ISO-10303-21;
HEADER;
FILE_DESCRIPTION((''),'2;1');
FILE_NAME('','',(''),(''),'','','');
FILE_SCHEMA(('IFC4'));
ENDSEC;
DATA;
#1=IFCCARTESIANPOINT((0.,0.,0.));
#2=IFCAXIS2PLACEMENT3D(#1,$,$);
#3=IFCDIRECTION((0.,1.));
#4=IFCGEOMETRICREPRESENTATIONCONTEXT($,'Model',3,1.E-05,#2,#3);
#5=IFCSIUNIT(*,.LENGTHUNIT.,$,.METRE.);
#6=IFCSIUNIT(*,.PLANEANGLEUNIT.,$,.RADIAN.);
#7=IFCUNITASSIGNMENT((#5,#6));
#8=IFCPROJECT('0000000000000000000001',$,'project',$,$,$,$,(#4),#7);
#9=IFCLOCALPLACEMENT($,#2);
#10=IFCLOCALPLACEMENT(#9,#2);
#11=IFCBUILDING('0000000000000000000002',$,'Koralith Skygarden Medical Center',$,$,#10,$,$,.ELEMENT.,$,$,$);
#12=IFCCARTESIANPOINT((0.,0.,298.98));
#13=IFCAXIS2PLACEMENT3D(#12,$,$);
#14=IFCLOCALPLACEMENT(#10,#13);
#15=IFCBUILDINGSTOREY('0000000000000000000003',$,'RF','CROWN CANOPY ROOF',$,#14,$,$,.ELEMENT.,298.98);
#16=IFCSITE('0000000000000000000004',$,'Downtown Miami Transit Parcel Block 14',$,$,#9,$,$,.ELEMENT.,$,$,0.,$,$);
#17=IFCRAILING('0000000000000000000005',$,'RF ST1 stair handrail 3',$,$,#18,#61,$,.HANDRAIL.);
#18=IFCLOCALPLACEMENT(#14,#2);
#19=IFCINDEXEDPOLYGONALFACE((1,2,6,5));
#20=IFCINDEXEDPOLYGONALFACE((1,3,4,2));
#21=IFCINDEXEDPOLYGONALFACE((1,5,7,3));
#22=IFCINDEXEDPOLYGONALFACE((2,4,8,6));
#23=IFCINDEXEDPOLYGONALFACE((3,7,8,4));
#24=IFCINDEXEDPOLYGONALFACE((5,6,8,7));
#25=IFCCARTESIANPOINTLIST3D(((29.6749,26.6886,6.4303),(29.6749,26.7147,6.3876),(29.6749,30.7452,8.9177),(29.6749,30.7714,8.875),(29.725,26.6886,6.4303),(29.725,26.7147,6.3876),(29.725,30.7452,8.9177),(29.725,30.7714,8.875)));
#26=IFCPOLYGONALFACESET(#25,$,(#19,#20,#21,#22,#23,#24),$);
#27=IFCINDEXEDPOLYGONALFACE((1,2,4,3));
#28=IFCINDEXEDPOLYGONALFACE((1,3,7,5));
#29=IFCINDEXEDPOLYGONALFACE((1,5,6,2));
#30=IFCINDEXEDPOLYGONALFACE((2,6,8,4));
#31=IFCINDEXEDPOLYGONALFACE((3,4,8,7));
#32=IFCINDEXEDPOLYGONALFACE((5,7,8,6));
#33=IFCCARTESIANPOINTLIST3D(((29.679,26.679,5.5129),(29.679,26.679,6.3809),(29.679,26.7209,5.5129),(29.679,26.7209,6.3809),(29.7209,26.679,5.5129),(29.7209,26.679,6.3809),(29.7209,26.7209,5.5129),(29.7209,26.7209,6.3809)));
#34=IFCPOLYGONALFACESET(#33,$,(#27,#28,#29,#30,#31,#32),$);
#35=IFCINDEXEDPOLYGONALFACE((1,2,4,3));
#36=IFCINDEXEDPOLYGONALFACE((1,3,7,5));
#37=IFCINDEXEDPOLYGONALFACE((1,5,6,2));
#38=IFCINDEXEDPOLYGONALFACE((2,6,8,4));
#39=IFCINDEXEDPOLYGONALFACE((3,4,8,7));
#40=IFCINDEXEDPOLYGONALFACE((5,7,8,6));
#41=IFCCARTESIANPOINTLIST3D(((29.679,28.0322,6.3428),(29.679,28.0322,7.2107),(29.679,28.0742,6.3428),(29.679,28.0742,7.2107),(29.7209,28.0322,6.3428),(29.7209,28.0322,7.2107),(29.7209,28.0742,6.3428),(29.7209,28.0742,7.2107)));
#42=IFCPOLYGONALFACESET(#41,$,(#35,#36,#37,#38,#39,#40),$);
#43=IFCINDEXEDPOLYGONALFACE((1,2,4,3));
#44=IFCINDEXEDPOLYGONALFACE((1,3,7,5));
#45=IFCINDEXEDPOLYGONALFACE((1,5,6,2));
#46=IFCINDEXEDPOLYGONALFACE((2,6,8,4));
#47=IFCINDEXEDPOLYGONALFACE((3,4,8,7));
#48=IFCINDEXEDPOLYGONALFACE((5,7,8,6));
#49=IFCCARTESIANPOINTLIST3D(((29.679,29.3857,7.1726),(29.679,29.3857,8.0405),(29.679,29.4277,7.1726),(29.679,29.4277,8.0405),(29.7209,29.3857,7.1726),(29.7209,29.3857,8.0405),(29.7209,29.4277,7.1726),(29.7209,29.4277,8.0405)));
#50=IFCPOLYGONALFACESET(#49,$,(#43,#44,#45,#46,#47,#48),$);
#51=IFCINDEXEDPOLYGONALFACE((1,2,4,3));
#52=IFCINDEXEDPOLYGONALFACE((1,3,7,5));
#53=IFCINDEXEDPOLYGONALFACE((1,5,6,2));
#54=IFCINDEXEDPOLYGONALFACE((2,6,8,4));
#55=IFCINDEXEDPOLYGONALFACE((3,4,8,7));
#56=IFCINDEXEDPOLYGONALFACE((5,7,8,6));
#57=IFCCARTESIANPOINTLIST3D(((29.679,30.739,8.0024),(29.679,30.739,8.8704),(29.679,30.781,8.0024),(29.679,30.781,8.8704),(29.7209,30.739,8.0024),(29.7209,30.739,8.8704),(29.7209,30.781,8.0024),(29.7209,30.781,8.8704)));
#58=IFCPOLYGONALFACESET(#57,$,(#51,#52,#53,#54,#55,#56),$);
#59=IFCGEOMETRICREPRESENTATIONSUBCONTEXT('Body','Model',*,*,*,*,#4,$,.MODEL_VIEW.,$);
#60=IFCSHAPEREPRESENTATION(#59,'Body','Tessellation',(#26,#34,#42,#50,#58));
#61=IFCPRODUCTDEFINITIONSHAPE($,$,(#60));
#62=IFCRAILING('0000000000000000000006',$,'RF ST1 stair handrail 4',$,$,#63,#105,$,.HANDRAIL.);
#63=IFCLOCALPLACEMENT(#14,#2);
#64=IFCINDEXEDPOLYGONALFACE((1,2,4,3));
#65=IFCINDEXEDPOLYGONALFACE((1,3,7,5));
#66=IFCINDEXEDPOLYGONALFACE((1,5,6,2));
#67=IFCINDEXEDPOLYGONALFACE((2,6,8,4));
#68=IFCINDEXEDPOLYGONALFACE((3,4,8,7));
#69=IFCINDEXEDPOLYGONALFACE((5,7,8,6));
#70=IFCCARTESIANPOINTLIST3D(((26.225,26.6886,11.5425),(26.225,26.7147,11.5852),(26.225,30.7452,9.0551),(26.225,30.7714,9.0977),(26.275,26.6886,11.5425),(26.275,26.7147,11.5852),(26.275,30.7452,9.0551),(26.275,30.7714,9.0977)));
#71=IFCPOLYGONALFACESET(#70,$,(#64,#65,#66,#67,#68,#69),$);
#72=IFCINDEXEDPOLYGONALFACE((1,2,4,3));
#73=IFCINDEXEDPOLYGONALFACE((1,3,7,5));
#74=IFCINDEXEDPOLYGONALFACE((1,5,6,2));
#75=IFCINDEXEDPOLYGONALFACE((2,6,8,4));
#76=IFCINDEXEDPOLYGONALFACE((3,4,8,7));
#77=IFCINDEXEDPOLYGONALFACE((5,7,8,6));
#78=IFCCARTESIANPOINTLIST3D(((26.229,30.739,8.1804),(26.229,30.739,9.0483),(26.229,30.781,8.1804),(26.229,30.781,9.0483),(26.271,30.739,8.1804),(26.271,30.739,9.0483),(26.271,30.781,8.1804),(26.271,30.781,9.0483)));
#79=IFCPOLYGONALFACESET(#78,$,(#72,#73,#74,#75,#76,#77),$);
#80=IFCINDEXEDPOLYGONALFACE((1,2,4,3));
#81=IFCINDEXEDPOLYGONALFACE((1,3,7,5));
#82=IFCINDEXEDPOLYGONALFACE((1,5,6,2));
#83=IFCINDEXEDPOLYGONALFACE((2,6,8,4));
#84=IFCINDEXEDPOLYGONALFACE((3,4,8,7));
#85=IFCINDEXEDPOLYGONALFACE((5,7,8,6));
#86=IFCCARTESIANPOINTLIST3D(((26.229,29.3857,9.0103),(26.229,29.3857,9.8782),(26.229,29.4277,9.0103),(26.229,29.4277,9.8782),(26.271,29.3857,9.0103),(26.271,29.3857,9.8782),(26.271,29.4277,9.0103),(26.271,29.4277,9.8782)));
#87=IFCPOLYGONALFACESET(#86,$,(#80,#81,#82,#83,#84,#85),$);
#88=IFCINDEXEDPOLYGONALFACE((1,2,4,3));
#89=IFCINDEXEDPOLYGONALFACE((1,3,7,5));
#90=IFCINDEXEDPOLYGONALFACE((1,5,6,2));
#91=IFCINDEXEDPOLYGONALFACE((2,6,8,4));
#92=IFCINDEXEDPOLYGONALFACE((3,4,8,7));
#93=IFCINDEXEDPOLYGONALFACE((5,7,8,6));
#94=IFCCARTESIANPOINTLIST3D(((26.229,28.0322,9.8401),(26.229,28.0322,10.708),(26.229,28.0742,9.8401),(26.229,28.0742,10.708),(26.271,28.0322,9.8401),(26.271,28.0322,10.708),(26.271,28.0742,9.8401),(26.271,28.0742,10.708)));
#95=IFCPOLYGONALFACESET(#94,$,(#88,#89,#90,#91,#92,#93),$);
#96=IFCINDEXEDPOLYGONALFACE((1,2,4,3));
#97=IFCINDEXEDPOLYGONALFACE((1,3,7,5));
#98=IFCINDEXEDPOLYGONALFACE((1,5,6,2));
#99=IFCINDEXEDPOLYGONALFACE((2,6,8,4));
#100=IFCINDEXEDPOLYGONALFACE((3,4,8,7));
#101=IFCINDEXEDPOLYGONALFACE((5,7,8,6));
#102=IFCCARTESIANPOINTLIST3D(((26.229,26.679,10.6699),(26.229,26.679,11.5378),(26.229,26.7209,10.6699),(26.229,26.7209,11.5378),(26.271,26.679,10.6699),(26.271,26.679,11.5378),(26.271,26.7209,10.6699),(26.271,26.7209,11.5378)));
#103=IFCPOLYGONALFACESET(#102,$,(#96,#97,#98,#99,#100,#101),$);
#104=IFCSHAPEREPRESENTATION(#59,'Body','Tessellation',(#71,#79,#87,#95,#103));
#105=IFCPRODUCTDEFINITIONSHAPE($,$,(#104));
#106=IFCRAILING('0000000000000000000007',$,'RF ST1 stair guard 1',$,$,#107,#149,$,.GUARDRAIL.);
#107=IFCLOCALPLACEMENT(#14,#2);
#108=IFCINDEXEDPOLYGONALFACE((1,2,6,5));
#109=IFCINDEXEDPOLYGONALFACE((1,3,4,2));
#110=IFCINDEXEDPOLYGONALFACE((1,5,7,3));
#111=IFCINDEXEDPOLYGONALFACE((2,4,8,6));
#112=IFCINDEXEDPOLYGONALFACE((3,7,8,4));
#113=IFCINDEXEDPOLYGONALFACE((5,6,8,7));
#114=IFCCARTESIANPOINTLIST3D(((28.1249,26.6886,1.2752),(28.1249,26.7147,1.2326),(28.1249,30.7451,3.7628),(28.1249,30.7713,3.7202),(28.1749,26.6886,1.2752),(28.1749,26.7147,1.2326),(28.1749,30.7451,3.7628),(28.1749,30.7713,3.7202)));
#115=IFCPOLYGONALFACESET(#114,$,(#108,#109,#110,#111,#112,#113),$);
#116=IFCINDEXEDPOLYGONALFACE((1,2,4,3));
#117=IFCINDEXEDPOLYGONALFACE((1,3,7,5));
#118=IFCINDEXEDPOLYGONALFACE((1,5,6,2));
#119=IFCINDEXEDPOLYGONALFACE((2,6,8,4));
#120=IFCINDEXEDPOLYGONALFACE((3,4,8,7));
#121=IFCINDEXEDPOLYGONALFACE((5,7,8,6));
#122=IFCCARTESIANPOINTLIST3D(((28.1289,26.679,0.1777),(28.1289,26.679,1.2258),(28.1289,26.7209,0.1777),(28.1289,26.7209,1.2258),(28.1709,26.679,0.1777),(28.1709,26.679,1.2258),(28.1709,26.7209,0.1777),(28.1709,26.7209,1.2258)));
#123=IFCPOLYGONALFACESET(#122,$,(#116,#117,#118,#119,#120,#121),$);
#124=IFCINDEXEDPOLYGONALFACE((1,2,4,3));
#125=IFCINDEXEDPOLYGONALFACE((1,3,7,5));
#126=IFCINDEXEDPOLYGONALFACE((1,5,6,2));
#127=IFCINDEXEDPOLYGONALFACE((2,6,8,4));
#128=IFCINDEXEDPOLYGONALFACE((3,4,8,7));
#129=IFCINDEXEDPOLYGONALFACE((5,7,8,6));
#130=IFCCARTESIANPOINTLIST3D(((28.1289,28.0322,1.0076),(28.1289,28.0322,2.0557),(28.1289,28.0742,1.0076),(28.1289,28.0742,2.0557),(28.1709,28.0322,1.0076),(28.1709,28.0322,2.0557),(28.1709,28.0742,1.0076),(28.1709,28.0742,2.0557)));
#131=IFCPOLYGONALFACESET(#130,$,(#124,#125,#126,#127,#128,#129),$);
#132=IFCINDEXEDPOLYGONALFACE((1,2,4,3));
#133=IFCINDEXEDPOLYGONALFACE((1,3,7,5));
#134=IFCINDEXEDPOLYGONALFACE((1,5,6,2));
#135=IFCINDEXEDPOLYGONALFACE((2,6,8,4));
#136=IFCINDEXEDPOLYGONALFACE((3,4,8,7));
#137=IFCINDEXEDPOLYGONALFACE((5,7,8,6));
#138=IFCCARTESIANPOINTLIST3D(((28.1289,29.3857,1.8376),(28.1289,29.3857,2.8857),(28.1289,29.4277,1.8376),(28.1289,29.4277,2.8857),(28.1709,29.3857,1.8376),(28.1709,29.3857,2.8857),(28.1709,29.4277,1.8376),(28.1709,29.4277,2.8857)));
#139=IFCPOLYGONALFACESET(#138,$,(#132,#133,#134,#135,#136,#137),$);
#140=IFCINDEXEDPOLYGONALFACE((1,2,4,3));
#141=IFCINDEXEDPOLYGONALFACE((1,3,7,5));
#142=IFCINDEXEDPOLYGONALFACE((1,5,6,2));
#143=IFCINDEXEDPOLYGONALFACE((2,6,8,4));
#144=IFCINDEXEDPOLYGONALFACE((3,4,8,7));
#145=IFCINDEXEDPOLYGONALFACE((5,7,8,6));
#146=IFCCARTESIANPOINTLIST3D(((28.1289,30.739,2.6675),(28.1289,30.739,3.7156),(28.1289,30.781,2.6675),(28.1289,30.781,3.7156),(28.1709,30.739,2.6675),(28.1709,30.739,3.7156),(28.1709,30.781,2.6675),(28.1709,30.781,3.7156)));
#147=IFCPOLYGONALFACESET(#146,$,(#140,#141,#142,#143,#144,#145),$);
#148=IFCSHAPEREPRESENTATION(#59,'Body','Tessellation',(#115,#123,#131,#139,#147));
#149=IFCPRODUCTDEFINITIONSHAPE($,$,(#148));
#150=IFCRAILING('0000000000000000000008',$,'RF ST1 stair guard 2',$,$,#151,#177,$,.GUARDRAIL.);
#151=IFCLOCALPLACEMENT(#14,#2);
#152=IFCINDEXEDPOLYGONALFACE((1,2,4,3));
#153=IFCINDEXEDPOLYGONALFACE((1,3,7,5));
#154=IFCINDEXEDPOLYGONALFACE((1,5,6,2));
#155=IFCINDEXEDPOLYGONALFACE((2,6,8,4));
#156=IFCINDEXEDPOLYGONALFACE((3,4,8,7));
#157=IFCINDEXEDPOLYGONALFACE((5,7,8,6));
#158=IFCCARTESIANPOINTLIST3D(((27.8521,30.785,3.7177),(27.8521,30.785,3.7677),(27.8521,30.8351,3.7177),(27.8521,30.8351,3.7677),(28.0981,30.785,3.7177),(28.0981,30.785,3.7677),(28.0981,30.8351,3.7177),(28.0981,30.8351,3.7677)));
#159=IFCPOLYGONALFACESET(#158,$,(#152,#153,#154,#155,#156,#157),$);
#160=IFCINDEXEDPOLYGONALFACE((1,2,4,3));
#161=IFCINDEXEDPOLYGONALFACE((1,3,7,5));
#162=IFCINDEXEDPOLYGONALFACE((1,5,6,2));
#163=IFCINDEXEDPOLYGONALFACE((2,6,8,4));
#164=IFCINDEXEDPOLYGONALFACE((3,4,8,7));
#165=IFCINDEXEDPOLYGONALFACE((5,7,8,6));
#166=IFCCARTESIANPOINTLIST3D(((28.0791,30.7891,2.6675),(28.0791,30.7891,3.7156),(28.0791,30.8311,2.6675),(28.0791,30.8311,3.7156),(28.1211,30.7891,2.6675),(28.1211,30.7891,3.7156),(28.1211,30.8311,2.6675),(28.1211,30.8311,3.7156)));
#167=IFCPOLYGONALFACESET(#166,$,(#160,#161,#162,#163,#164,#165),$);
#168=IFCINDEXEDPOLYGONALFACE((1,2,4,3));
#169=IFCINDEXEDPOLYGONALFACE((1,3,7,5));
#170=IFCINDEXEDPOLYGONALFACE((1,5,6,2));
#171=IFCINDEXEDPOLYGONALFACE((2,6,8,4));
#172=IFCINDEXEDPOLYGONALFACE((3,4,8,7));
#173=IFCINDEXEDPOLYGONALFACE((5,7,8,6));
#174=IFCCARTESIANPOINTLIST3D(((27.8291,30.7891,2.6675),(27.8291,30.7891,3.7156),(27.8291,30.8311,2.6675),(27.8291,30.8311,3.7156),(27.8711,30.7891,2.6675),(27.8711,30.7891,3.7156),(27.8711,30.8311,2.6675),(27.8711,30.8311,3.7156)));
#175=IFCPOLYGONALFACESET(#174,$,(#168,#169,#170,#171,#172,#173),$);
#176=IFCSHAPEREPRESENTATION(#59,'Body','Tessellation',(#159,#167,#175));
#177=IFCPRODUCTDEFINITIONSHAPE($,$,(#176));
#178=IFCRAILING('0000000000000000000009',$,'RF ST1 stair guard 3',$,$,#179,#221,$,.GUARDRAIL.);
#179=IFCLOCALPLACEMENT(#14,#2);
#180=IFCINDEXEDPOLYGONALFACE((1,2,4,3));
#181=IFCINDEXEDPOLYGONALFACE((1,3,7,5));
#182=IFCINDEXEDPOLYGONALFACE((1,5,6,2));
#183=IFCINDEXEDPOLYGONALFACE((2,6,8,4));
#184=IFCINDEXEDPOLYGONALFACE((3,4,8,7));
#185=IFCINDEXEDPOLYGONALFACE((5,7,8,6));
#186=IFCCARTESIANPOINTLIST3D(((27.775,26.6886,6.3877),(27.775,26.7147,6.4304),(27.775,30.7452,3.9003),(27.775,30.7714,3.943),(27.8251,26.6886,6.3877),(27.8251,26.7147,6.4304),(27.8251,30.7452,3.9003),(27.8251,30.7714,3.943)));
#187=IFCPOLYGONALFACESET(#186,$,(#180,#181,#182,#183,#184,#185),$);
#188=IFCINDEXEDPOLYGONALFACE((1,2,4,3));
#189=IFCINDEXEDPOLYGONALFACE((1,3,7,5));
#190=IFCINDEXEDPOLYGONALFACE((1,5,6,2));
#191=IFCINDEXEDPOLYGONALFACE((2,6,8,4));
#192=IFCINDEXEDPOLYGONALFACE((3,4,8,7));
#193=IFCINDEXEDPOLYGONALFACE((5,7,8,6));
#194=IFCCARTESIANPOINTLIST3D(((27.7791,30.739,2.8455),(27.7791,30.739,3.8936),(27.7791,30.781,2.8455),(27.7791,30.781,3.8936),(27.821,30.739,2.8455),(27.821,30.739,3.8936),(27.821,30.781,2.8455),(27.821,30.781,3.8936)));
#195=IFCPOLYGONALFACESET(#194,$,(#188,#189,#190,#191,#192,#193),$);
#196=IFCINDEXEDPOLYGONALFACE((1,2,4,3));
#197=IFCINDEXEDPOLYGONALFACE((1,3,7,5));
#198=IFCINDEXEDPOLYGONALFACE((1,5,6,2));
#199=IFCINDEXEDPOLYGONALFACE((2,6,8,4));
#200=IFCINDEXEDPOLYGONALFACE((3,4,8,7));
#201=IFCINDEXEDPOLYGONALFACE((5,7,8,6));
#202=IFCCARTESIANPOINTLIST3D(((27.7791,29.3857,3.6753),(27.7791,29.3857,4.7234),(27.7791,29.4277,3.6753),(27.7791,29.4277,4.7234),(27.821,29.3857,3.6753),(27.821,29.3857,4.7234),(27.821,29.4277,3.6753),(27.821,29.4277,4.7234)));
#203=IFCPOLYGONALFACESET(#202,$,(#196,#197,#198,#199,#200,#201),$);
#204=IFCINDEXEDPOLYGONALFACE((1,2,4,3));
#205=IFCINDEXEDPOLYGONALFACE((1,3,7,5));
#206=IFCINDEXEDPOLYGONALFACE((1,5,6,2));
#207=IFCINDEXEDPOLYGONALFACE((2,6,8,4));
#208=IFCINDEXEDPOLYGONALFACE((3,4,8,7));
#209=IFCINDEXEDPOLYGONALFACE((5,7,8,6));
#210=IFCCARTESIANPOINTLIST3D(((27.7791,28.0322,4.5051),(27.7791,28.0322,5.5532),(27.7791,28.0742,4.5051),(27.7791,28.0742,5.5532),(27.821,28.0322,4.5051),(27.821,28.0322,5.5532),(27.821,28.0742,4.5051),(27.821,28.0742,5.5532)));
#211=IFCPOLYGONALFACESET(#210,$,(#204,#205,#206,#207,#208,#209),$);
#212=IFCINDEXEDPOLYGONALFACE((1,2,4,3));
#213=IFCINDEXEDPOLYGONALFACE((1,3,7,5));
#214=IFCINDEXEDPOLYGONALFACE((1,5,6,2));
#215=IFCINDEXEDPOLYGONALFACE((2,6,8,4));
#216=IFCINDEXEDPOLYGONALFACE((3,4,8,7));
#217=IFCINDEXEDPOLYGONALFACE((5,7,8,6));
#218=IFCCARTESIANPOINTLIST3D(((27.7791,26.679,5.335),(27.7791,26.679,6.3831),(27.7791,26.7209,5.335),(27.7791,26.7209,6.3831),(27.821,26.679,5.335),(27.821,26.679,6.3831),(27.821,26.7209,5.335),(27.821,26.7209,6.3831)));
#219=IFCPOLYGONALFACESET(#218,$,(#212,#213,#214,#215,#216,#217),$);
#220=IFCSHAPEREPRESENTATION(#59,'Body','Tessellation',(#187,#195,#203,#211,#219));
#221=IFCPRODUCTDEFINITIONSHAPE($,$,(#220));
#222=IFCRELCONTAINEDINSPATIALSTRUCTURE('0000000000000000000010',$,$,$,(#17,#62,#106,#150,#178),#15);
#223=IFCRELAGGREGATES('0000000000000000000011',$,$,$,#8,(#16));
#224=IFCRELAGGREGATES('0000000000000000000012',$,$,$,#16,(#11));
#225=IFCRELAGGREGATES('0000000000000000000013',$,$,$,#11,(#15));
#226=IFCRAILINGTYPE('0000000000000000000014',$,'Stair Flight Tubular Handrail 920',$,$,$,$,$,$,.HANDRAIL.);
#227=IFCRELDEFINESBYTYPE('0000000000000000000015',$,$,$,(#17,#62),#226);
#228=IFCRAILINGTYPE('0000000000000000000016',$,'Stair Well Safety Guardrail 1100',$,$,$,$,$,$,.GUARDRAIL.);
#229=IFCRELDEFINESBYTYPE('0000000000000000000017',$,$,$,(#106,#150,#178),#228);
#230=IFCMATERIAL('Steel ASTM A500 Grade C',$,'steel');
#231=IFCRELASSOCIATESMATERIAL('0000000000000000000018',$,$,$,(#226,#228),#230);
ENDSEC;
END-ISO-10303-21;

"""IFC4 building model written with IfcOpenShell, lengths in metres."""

from ifc_helpers import new_model, si_unit, direction, frame, origin, origin_2d, place, context, subcontext, project, spatial, rectangle, extrude, material, type_object, element, save


model = new_model("IFC4")

# Units and contexts
model_context = context("Model", 3, precision=1e-05, world=origin(), true_north=direction((0.0, 1.0)))
body_context = subcontext(model_context, "Body", "Model", "MODEL_VIEW")
ifc_project = project(units=[si_unit("LENGTHUNIT", "METRE"), si_unit("PLANEANGLEUNIT", "RADIAN")], contexts=[model_context])

# Site, building, storey
site_placement = place(None, origin())
site = spatial("IfcSite", under=ifc_project, at=site_placement, Name="Downtown Miami Transit Parcel Block 14", CompositionType="ELEMENT", RefElevation=0.0)
building_placement = place(site_placement, origin())
building = spatial("IfcBuilding", under=site, at=building_placement, Name="Koralith Skygarden Medical Center", CompositionType="ELEMENT")
storey_placement = place(building_placement, frame((0.0, 0.0, 298.98)))
storey = spatial("IfcBuildingStorey", under=building, at=storey_placement, Name="RF", Description="CROWN CANOPY ROOF", CompositionType="ELEMENT", Elevation=298.98)

# Shared definitions
ifc_material_1 = material(Name="Steel ASTM A500 Grade C", Category="steel")

# Railings
railing_type_1 = type_object("IfcRailingType", Name="Stair Flight Tubular Handrail 920", PredefinedType="HANDRAIL", material=ifc_material_1)
railing_1_placement = place(storey_placement, frame((29.7, 26.7, 5.5129)))
element("IfcRailing", 1, at=railing_1_placement, inside=storey, type_object=railing_type_1, Name="RF ST1 stair handrail 3", PredefinedType="HANDRAIL", context=body_context, shape_type="SweptSolid", body=[
    extrude(rectangle(XDim=0.05, YDim=0.05, at=origin_2d()), frame((0.0, 0.0017, 0.896), z_axis=(0.0, 0.8525, 0.522727), x_axis=(-1.0, 0.0, 0.0)), (0.0, 0.0, 1.0), 4.7585),
    extrude(rectangle(XDim=0.042, YDim=0.042, at=origin_2d()), origin(), (0.0, 0.0, 1.0), 0.8679),
    extrude(rectangle(XDim=0.042, YDim=0.042, at=origin_2d()), frame((0.0, 1.3533, 0.8298)), (0.0, 0.0, 1.0), 0.8679),
    extrude(rectangle(XDim=0.042, YDim=0.042, at=origin_2d()), frame((0.0, 2.7068, 1.6597)), (0.0, 0.0, 1.0), 0.8679),
    extrude(rectangle(XDim=0.042, YDim=0.042, at=origin_2d()), frame((0.0, 4.0601, 2.4895)), (0.0, 0.0, 1.0), 0.8679),
])
railing_2_placement = place(storey_placement, frame((26.25, 30.76, 8.1804)))
element("IfcRailing", 2, at=railing_2_placement, inside=storey, type_object=railing_type_1, Name="RF ST1 stair handrail 4", PredefinedType="HANDRAIL", context=body_context, shape_type="SweptSolid", body=[
    extrude(rectangle(XDim=0.05, YDim=0.05, at=origin_2d()), frame((0.0, -0.0017, 0.896), z_axis=(0.0, -0.8525, 0.522727), x_axis=(1.0, 0.0, 0.0)), (0.0, 0.0, 1.0), 4.7585),
    extrude(rectangle(XDim=0.042, YDim=0.042, at=origin_2d()), origin(), (0.0, 0.0, 1.0), 0.8679),
    extrude(rectangle(XDim=0.042, YDim=0.042, at=origin_2d()), frame((0.0, -1.3533, 0.8298)), (0.0, 0.0, 1.0), 0.8679),
    extrude(rectangle(XDim=0.042, YDim=0.042, at=origin_2d()), frame((0.0, -2.7068, 1.6597)), (0.0, 0.0, 1.0), 0.8679),
    extrude(rectangle(XDim=0.042, YDim=0.042, at=origin_2d()), frame((0.0, -4.0601, 2.4895)), (0.0, 0.0, 1.0), 0.8679),
])
railing_type_2 = type_object("IfcRailingType", Name="Stair Well Safety Guardrail 1100", PredefinedType="GUARDRAIL", material=ifc_material_1)
railing_3_placement = place(storey_placement, frame((28.1499, 26.7, 0.1777)))
element("IfcRailing", 3, at=railing_3_placement, inside=storey, type_object=railing_type_2, Name="RF ST1 stair guard 1", PredefinedType="GUARDRAIL", context=body_context, shape_type="SweptSolid", body=[
    extrude(rectangle(XDim=0.05, YDim=0.05, at=origin_2d()), frame((0.0, 0.0017, 1.0762), z_axis=(0.0, 0.852477, 0.522764), x_axis=(-1.0, 0.0, 0.0)), (0.0, 0.0, 1.0), 4.7585),
    extrude(rectangle(XDim=0.042, YDim=0.042, at=origin_2d()), origin(), (0.0, 0.0, 1.0), 1.0481),
    extrude(rectangle(XDim=0.042, YDim=0.042, at=origin_2d()), frame((0.0, 1.3533, 0.8298)), (0.0, 0.0, 1.0), 1.0481),
    extrude(rectangle(XDim=0.042, YDim=0.042, at=origin_2d()), frame((0.0, 2.7068, 1.6599)), (0.0, 0.0, 1.0), 1.0481),
    extrude(rectangle(XDim=0.042, YDim=0.042, at=origin_2d()), frame((0.0, 4.0601, 2.4897)), (0.0, 0.0, 1.0), 1.0481),
])
railing_4_placement = place(storey_placement, frame((28.1001, 30.8101, 2.6675)))
element("IfcRailing", 4, at=railing_4_placement, inside=storey, type_object=railing_type_2, Name="RF ST1 stair guard 2", PredefinedType="GUARDRAIL", context=body_context, shape_type="SweptSolid", body=[
    extrude(rectangle(XDim=0.05, YDim=0.05, at=origin_2d()), frame((-0.002, 0.0, 1.0752), z_axis=(-1.0, 0.0, 0.0), x_axis=(0.0, -1.0, 0.0)), (0.0, 0.0, 1.0), 0.2461),
    extrude(rectangle(XDim=0.042, YDim=0.042, at=origin_2d()), origin(), (0.0, 0.0, 1.0), 1.0481),
    extrude(rectangle(XDim=0.042, YDim=0.042, at=origin_2d()), frame((-0.25, 0.0, 0.0)), (0.0, 0.0, 1.0), 1.0481),
])
railing_5_placement = place(storey_placement, frame((27.8, 30.76, 2.8455)))
element("IfcRailing", 5, at=railing_5_placement, inside=storey, type_object=railing_type_2, Name="RF ST1 stair guard 3", PredefinedType="GUARDRAIL", context=body_context, shape_type="SweptSolid", body=[
    extrude(rectangle(XDim=0.05, YDim=0.05, at=origin_2d()), frame((0.0, -0.0017, 1.0762), z_axis=(0.0, -0.8525, 0.522727), x_axis=(1.0, 0.0, 0.0)), (0.0, 0.0, 1.0), 4.7585),
    extrude(rectangle(XDim=0.042, YDim=0.042, at=origin_2d()), origin(), (0.0, 0.0, 1.0), 1.0481),
    extrude(rectangle(XDim=0.042, YDim=0.042, at=origin_2d()), frame((0.0, -1.3533, 0.8298)), (0.0, 0.0, 1.0), 1.0481),
    extrude(rectangle(XDim=0.042, YDim=0.042, at=origin_2d()), frame((0.0, -2.7068, 1.6597)), (0.0, 0.0, 1.0), 1.0481),
    extrude(rectangle(XDim=0.042, YDim=0.042, at=origin_2d()), frame((0.0, -4.0601, 2.4895)), (0.0, 0.0, 1.0), 1.0481),
])

save(model, "model.ifc")
